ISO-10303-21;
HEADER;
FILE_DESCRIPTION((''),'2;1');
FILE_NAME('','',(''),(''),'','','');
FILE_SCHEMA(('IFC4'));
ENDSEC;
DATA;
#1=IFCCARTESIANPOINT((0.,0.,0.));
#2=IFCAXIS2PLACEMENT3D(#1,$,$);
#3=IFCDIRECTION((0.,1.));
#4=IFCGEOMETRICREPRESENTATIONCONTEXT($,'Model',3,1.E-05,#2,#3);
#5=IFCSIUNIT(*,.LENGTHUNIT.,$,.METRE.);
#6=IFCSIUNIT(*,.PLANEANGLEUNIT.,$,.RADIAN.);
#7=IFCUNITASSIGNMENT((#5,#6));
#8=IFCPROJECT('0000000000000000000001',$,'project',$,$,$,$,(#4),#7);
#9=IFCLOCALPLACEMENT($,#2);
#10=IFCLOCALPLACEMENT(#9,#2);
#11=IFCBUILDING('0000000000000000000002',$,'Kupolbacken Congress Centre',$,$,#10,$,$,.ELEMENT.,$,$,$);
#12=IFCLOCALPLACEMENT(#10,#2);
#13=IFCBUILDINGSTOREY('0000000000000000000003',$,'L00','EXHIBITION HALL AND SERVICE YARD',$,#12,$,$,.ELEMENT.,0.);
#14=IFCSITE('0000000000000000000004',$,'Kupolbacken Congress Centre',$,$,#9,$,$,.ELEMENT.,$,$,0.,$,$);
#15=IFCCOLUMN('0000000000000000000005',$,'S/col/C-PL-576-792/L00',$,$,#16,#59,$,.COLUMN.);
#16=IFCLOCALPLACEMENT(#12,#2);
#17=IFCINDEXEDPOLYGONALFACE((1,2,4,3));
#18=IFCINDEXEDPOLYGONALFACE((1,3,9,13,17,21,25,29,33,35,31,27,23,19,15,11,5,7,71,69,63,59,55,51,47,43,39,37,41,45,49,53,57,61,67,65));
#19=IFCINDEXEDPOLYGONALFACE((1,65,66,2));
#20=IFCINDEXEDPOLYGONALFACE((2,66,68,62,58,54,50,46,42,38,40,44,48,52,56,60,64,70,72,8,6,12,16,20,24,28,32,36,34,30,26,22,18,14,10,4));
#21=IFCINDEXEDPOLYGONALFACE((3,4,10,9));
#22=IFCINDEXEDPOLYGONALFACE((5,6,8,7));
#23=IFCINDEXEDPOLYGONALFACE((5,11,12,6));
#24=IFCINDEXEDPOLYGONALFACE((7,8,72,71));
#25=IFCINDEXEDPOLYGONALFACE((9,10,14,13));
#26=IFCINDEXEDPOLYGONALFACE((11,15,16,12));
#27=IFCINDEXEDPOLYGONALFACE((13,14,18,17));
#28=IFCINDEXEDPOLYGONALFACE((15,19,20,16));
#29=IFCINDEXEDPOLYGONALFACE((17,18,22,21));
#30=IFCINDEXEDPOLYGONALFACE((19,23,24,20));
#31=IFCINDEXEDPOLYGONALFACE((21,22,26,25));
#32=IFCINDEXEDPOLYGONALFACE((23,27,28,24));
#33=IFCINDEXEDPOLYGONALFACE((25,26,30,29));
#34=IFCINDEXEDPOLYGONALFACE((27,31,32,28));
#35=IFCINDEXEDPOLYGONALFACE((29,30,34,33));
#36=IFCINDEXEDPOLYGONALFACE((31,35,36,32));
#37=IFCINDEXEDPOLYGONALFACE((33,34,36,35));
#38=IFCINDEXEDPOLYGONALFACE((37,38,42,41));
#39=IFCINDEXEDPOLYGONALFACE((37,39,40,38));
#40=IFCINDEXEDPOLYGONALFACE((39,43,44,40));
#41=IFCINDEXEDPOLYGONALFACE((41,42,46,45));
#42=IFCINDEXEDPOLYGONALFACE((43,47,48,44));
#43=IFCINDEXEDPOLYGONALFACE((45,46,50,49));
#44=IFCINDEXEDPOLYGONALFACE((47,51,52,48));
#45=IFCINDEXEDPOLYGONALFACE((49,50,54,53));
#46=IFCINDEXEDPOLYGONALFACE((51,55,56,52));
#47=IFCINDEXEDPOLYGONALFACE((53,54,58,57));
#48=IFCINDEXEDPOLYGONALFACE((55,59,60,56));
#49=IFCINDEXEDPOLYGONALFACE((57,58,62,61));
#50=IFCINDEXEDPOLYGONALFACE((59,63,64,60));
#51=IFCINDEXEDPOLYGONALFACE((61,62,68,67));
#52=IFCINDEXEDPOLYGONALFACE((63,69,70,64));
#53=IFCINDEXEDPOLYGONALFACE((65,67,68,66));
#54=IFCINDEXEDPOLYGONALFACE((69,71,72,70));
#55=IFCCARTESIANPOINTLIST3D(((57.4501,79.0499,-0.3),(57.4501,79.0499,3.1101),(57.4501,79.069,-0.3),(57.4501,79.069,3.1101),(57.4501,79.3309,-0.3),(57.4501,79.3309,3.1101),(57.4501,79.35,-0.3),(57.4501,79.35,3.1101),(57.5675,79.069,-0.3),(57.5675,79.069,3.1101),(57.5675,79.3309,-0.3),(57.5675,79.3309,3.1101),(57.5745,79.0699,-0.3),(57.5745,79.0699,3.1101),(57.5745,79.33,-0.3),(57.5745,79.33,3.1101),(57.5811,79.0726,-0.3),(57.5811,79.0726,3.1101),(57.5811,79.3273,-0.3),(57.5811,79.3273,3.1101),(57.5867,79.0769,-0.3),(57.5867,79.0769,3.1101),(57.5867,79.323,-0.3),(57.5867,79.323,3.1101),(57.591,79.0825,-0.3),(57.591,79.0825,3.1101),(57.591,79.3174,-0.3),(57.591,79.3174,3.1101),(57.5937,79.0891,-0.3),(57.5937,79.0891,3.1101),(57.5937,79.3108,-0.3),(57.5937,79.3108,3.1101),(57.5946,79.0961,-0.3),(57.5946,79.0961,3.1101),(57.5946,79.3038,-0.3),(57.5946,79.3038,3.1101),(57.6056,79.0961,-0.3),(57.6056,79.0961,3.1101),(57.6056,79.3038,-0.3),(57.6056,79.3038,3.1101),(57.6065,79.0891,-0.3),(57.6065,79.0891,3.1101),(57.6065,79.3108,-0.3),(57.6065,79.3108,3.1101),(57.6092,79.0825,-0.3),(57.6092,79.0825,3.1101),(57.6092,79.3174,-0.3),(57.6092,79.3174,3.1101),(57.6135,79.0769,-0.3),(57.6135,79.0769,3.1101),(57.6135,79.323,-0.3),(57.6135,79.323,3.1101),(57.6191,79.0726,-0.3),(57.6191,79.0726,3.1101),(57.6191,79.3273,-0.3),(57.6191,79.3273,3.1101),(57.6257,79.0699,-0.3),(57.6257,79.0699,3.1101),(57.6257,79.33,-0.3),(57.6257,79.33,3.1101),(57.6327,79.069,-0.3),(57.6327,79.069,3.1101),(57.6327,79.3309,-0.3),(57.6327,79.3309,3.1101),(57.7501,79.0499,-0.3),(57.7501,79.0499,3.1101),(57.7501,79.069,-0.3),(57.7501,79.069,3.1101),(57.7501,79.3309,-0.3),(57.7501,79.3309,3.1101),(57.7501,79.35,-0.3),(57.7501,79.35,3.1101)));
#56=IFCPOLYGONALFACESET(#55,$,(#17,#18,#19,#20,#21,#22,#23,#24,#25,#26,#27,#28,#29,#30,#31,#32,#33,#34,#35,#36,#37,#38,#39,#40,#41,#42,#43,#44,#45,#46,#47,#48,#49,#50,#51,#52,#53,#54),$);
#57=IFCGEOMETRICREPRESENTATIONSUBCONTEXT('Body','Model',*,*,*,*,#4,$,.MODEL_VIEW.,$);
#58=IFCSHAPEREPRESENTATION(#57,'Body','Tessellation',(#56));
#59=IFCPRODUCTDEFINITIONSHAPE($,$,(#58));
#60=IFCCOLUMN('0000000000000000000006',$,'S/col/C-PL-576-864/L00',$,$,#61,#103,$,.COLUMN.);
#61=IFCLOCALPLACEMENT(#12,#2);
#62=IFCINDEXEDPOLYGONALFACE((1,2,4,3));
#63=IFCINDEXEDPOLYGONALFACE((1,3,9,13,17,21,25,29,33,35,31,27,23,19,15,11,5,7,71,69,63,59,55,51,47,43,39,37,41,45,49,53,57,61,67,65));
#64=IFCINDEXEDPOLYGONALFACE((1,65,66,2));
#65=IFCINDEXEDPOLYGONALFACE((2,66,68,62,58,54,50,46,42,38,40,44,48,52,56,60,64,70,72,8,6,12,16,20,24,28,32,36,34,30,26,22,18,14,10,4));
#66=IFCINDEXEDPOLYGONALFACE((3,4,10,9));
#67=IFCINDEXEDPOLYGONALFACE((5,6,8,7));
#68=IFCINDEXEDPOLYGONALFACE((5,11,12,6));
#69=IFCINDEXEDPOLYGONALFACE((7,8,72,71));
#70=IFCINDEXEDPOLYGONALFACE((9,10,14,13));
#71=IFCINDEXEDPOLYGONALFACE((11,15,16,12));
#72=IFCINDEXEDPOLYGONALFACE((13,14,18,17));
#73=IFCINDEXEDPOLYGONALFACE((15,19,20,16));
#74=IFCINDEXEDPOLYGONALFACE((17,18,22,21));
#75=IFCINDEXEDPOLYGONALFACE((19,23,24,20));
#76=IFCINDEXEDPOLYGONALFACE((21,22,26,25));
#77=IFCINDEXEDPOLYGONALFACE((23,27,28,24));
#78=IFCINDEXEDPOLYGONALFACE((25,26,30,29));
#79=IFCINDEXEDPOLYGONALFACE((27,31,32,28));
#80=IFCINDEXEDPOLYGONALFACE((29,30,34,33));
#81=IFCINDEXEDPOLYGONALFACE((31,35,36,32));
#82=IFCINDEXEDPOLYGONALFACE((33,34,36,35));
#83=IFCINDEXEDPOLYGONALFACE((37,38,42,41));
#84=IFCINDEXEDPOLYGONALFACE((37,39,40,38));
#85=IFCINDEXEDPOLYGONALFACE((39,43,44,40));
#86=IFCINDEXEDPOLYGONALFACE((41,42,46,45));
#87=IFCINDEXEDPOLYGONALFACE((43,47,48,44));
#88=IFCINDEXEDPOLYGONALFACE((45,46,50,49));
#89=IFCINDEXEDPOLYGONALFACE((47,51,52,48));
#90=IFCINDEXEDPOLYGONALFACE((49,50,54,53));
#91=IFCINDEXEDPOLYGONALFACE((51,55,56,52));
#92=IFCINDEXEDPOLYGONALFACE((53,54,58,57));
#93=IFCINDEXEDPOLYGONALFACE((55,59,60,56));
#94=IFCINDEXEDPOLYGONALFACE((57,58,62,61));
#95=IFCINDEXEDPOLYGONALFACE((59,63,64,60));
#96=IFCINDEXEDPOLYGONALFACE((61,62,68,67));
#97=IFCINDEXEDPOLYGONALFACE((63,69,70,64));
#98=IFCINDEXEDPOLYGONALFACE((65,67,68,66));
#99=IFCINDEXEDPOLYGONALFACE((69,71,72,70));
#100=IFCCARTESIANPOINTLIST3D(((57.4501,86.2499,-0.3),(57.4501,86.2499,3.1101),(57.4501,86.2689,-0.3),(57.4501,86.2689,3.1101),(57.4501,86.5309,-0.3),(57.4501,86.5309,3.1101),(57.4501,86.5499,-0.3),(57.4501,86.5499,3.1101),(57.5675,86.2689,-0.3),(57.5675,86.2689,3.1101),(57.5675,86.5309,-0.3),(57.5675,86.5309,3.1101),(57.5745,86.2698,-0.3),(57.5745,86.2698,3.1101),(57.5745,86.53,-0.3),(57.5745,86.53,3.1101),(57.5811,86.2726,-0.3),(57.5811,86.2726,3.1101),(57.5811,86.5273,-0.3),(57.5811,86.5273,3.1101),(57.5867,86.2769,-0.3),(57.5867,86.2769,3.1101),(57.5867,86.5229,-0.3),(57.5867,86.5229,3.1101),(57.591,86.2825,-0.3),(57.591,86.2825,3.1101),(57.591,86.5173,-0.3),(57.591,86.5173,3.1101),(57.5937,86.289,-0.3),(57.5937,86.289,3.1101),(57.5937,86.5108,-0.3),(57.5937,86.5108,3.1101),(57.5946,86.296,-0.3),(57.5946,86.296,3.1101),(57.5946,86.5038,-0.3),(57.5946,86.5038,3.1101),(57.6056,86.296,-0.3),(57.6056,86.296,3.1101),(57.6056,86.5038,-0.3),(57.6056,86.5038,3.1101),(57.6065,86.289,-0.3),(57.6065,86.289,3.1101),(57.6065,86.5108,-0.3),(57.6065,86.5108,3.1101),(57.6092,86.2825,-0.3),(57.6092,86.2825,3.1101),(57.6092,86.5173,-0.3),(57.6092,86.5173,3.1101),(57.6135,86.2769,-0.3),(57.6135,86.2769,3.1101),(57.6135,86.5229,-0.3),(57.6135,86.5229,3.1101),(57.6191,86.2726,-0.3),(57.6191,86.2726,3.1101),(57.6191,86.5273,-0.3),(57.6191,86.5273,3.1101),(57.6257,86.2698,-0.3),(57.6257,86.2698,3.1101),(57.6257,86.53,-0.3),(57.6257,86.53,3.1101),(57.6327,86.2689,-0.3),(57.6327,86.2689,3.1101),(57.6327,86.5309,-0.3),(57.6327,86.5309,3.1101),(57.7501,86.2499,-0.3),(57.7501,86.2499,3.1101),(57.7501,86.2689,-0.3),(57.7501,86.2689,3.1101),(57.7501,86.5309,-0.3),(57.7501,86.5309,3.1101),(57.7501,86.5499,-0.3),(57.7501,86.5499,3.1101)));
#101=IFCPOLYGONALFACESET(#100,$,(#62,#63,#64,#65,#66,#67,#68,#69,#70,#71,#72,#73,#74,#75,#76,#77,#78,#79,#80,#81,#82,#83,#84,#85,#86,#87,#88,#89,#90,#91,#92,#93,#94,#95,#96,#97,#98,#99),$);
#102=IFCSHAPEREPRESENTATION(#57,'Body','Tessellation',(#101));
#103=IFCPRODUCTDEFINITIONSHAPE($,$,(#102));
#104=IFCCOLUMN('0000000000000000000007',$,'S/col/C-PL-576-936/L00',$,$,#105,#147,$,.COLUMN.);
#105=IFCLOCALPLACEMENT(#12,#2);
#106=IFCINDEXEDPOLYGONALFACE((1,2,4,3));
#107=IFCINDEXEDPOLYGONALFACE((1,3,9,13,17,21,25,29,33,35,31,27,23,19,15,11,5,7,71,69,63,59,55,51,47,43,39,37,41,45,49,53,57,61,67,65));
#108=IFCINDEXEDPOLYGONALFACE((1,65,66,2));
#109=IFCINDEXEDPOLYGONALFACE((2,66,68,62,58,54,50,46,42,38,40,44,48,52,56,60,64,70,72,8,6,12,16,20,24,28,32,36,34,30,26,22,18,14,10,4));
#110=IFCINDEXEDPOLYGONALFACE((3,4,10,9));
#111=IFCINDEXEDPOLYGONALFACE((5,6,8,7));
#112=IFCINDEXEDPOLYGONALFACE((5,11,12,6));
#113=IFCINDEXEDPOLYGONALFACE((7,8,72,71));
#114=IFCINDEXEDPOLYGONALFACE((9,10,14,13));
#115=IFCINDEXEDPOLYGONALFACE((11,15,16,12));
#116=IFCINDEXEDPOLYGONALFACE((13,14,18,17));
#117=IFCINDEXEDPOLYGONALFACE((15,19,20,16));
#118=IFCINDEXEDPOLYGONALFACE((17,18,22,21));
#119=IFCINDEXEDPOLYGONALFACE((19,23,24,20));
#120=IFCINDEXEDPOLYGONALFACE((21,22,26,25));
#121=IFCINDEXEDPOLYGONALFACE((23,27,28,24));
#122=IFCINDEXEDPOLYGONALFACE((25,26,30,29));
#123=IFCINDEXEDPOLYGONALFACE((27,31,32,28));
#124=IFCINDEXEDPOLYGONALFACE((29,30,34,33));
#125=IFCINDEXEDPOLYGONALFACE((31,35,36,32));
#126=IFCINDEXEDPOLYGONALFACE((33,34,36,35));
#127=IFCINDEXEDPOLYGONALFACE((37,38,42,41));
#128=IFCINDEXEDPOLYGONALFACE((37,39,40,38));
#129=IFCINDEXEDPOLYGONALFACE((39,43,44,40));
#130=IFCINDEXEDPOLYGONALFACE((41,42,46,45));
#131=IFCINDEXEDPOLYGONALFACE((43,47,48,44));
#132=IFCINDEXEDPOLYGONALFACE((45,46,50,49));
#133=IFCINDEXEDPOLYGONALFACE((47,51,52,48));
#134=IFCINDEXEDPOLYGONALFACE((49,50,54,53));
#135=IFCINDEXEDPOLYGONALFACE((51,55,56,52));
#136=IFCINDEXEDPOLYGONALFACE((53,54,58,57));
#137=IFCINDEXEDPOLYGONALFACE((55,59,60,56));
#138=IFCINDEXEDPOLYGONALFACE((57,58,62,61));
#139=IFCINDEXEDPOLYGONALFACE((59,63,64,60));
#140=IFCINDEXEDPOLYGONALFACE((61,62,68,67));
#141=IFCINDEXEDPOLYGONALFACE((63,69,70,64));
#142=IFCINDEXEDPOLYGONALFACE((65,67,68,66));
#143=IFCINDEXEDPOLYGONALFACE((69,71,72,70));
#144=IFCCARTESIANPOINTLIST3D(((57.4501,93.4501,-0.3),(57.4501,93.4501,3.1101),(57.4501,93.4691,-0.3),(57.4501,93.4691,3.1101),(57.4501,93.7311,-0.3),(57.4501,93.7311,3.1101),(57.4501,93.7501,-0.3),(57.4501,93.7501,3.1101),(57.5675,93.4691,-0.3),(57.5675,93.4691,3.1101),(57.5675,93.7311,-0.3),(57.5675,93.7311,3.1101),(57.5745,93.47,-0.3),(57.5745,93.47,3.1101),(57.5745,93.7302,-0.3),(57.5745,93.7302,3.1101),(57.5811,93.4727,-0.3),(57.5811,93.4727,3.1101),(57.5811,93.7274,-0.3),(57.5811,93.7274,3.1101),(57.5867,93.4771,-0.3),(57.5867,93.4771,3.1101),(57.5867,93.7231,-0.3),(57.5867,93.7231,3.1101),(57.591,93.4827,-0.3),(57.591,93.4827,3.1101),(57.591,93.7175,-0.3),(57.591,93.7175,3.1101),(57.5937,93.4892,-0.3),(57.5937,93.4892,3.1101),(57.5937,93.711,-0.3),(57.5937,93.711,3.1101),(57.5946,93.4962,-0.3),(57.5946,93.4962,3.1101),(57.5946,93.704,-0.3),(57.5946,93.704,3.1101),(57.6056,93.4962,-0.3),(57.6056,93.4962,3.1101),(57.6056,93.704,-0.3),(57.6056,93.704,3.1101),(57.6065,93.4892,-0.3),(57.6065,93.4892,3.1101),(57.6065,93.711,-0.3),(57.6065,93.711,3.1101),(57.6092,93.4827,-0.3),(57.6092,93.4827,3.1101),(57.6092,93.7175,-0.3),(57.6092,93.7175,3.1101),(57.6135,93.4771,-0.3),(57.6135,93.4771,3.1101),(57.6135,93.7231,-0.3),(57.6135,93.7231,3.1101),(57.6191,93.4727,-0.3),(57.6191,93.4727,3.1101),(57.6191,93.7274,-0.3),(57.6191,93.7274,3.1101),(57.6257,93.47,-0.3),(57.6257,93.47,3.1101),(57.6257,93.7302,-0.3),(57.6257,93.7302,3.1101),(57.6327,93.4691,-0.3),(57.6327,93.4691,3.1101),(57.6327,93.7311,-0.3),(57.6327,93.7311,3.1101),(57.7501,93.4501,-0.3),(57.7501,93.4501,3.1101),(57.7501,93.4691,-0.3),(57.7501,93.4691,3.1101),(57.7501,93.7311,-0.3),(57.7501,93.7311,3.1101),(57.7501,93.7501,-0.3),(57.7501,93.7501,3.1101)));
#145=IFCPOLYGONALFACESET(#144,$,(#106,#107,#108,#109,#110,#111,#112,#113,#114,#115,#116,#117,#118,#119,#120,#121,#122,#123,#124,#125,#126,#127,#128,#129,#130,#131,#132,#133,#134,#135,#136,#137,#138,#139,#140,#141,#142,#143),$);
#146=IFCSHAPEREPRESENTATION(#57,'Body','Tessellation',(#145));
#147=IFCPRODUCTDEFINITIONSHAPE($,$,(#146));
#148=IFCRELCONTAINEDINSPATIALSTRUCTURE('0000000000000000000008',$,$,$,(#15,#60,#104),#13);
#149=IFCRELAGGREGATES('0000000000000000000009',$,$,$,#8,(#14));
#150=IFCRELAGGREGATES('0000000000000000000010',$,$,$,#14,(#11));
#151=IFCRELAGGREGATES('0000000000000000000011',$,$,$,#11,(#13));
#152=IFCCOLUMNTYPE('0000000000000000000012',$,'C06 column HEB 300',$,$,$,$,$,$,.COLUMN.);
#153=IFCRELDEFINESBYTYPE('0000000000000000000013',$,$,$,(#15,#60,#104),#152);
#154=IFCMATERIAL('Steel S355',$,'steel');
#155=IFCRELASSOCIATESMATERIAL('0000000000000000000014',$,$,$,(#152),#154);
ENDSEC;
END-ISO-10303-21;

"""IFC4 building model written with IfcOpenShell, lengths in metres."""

from ifc_helpers import new_model, si_unit, direction, frame, origin, origin_2d, place, context, subcontext, project, spatial, i_section, extrude, material, material_profile, profile_set, type_object, element, save


model = new_model("IFC4")

# Units and contexts
model_context = context("Model", 3, precision=1e-05, world=origin(), true_north=direction((0.0, 1.0)))
body_context = subcontext(model_context, "Body", "Model", "MODEL_VIEW")
ifc_project = project(units=[si_unit("LENGTHUNIT", "METRE"), si_unit("PLANEANGLEUNIT", "RADIAN")], contexts=[model_context])

# Site, building, storey
site_placement = place(None, origin())
site = spatial("IfcSite", under=ifc_project, at=site_placement, Name="Kupolbacken Congress Centre", CompositionType="ELEMENT", RefElevation=0.0)
building_placement = place(site_placement, origin())
building = spatial("IfcBuilding", under=site, at=building_placement, Name="Kupolbacken Congress Centre", CompositionType="ELEMENT")
storey_placement = place(building_placement, origin())
storey = spatial("IfcBuildingStorey", under=building, at=storey_placement, Name="L00", Description="EXHIBITION HALL AND SERVICE YARD", CompositionType="ELEMENT", Elevation=0.0)

# Columns
ifc_material_1 = material(Name="Steel S355", Category="steel")
ifc_material_profile_1 = material_profile(ifc_material_1, i_section(OverallWidth=0.3, OverallDepth=0.3, WebThickness=0.011, FlangeThickness=0.019, FilletRadius=0.0271, at=origin_2d()), Name="HEB 300")
ifc_profile_set_1 = profile_set([ifc_material_profile_1], Name="Steel S355")
column_type = type_object("IfcColumnType", Name="C06 column HEB 300", PredefinedType="COLUMN", material=ifc_profile_set_1)
for number, where, z_axis, x_axis, name in (
    (1, (57.6001, 79.2, -0.3), (0.0, 0.0, 1.0), (1.0, 0.0, 0.0), "S/col/C-PL-576-792/L00"),
    (2, (57.6001, 86.3999, -0.3), (0.0, 0.0, 1.0), (1.0, 0.0, 0.0), "S/col/C-PL-576-864/L00"),
    (3, (57.6001, 93.6001, -0.3), (0.0, 0.0, 1.0), (1.0, 0.0, 0.0), "S/col/C-PL-576-936/L00"),
):
    element("IfcColumn", number, at=place(storey_placement, frame(where, z_axis=z_axis, x_axis=x_axis)), inside=storey, type_object=column_type, Name=name, PredefinedType="COLUMN", context=body_context, shape_type="SweptSolid", body=[
        extrude(i_section(OverallWidth=0.3, OverallDepth=0.3, WebThickness=0.011, FlangeThickness=0.019, FilletRadius=0.0271, at=origin_2d()), origin(), (0.0, 0.0, 1.0), 3.4102),
    ])

save(model, "model.ifc")
